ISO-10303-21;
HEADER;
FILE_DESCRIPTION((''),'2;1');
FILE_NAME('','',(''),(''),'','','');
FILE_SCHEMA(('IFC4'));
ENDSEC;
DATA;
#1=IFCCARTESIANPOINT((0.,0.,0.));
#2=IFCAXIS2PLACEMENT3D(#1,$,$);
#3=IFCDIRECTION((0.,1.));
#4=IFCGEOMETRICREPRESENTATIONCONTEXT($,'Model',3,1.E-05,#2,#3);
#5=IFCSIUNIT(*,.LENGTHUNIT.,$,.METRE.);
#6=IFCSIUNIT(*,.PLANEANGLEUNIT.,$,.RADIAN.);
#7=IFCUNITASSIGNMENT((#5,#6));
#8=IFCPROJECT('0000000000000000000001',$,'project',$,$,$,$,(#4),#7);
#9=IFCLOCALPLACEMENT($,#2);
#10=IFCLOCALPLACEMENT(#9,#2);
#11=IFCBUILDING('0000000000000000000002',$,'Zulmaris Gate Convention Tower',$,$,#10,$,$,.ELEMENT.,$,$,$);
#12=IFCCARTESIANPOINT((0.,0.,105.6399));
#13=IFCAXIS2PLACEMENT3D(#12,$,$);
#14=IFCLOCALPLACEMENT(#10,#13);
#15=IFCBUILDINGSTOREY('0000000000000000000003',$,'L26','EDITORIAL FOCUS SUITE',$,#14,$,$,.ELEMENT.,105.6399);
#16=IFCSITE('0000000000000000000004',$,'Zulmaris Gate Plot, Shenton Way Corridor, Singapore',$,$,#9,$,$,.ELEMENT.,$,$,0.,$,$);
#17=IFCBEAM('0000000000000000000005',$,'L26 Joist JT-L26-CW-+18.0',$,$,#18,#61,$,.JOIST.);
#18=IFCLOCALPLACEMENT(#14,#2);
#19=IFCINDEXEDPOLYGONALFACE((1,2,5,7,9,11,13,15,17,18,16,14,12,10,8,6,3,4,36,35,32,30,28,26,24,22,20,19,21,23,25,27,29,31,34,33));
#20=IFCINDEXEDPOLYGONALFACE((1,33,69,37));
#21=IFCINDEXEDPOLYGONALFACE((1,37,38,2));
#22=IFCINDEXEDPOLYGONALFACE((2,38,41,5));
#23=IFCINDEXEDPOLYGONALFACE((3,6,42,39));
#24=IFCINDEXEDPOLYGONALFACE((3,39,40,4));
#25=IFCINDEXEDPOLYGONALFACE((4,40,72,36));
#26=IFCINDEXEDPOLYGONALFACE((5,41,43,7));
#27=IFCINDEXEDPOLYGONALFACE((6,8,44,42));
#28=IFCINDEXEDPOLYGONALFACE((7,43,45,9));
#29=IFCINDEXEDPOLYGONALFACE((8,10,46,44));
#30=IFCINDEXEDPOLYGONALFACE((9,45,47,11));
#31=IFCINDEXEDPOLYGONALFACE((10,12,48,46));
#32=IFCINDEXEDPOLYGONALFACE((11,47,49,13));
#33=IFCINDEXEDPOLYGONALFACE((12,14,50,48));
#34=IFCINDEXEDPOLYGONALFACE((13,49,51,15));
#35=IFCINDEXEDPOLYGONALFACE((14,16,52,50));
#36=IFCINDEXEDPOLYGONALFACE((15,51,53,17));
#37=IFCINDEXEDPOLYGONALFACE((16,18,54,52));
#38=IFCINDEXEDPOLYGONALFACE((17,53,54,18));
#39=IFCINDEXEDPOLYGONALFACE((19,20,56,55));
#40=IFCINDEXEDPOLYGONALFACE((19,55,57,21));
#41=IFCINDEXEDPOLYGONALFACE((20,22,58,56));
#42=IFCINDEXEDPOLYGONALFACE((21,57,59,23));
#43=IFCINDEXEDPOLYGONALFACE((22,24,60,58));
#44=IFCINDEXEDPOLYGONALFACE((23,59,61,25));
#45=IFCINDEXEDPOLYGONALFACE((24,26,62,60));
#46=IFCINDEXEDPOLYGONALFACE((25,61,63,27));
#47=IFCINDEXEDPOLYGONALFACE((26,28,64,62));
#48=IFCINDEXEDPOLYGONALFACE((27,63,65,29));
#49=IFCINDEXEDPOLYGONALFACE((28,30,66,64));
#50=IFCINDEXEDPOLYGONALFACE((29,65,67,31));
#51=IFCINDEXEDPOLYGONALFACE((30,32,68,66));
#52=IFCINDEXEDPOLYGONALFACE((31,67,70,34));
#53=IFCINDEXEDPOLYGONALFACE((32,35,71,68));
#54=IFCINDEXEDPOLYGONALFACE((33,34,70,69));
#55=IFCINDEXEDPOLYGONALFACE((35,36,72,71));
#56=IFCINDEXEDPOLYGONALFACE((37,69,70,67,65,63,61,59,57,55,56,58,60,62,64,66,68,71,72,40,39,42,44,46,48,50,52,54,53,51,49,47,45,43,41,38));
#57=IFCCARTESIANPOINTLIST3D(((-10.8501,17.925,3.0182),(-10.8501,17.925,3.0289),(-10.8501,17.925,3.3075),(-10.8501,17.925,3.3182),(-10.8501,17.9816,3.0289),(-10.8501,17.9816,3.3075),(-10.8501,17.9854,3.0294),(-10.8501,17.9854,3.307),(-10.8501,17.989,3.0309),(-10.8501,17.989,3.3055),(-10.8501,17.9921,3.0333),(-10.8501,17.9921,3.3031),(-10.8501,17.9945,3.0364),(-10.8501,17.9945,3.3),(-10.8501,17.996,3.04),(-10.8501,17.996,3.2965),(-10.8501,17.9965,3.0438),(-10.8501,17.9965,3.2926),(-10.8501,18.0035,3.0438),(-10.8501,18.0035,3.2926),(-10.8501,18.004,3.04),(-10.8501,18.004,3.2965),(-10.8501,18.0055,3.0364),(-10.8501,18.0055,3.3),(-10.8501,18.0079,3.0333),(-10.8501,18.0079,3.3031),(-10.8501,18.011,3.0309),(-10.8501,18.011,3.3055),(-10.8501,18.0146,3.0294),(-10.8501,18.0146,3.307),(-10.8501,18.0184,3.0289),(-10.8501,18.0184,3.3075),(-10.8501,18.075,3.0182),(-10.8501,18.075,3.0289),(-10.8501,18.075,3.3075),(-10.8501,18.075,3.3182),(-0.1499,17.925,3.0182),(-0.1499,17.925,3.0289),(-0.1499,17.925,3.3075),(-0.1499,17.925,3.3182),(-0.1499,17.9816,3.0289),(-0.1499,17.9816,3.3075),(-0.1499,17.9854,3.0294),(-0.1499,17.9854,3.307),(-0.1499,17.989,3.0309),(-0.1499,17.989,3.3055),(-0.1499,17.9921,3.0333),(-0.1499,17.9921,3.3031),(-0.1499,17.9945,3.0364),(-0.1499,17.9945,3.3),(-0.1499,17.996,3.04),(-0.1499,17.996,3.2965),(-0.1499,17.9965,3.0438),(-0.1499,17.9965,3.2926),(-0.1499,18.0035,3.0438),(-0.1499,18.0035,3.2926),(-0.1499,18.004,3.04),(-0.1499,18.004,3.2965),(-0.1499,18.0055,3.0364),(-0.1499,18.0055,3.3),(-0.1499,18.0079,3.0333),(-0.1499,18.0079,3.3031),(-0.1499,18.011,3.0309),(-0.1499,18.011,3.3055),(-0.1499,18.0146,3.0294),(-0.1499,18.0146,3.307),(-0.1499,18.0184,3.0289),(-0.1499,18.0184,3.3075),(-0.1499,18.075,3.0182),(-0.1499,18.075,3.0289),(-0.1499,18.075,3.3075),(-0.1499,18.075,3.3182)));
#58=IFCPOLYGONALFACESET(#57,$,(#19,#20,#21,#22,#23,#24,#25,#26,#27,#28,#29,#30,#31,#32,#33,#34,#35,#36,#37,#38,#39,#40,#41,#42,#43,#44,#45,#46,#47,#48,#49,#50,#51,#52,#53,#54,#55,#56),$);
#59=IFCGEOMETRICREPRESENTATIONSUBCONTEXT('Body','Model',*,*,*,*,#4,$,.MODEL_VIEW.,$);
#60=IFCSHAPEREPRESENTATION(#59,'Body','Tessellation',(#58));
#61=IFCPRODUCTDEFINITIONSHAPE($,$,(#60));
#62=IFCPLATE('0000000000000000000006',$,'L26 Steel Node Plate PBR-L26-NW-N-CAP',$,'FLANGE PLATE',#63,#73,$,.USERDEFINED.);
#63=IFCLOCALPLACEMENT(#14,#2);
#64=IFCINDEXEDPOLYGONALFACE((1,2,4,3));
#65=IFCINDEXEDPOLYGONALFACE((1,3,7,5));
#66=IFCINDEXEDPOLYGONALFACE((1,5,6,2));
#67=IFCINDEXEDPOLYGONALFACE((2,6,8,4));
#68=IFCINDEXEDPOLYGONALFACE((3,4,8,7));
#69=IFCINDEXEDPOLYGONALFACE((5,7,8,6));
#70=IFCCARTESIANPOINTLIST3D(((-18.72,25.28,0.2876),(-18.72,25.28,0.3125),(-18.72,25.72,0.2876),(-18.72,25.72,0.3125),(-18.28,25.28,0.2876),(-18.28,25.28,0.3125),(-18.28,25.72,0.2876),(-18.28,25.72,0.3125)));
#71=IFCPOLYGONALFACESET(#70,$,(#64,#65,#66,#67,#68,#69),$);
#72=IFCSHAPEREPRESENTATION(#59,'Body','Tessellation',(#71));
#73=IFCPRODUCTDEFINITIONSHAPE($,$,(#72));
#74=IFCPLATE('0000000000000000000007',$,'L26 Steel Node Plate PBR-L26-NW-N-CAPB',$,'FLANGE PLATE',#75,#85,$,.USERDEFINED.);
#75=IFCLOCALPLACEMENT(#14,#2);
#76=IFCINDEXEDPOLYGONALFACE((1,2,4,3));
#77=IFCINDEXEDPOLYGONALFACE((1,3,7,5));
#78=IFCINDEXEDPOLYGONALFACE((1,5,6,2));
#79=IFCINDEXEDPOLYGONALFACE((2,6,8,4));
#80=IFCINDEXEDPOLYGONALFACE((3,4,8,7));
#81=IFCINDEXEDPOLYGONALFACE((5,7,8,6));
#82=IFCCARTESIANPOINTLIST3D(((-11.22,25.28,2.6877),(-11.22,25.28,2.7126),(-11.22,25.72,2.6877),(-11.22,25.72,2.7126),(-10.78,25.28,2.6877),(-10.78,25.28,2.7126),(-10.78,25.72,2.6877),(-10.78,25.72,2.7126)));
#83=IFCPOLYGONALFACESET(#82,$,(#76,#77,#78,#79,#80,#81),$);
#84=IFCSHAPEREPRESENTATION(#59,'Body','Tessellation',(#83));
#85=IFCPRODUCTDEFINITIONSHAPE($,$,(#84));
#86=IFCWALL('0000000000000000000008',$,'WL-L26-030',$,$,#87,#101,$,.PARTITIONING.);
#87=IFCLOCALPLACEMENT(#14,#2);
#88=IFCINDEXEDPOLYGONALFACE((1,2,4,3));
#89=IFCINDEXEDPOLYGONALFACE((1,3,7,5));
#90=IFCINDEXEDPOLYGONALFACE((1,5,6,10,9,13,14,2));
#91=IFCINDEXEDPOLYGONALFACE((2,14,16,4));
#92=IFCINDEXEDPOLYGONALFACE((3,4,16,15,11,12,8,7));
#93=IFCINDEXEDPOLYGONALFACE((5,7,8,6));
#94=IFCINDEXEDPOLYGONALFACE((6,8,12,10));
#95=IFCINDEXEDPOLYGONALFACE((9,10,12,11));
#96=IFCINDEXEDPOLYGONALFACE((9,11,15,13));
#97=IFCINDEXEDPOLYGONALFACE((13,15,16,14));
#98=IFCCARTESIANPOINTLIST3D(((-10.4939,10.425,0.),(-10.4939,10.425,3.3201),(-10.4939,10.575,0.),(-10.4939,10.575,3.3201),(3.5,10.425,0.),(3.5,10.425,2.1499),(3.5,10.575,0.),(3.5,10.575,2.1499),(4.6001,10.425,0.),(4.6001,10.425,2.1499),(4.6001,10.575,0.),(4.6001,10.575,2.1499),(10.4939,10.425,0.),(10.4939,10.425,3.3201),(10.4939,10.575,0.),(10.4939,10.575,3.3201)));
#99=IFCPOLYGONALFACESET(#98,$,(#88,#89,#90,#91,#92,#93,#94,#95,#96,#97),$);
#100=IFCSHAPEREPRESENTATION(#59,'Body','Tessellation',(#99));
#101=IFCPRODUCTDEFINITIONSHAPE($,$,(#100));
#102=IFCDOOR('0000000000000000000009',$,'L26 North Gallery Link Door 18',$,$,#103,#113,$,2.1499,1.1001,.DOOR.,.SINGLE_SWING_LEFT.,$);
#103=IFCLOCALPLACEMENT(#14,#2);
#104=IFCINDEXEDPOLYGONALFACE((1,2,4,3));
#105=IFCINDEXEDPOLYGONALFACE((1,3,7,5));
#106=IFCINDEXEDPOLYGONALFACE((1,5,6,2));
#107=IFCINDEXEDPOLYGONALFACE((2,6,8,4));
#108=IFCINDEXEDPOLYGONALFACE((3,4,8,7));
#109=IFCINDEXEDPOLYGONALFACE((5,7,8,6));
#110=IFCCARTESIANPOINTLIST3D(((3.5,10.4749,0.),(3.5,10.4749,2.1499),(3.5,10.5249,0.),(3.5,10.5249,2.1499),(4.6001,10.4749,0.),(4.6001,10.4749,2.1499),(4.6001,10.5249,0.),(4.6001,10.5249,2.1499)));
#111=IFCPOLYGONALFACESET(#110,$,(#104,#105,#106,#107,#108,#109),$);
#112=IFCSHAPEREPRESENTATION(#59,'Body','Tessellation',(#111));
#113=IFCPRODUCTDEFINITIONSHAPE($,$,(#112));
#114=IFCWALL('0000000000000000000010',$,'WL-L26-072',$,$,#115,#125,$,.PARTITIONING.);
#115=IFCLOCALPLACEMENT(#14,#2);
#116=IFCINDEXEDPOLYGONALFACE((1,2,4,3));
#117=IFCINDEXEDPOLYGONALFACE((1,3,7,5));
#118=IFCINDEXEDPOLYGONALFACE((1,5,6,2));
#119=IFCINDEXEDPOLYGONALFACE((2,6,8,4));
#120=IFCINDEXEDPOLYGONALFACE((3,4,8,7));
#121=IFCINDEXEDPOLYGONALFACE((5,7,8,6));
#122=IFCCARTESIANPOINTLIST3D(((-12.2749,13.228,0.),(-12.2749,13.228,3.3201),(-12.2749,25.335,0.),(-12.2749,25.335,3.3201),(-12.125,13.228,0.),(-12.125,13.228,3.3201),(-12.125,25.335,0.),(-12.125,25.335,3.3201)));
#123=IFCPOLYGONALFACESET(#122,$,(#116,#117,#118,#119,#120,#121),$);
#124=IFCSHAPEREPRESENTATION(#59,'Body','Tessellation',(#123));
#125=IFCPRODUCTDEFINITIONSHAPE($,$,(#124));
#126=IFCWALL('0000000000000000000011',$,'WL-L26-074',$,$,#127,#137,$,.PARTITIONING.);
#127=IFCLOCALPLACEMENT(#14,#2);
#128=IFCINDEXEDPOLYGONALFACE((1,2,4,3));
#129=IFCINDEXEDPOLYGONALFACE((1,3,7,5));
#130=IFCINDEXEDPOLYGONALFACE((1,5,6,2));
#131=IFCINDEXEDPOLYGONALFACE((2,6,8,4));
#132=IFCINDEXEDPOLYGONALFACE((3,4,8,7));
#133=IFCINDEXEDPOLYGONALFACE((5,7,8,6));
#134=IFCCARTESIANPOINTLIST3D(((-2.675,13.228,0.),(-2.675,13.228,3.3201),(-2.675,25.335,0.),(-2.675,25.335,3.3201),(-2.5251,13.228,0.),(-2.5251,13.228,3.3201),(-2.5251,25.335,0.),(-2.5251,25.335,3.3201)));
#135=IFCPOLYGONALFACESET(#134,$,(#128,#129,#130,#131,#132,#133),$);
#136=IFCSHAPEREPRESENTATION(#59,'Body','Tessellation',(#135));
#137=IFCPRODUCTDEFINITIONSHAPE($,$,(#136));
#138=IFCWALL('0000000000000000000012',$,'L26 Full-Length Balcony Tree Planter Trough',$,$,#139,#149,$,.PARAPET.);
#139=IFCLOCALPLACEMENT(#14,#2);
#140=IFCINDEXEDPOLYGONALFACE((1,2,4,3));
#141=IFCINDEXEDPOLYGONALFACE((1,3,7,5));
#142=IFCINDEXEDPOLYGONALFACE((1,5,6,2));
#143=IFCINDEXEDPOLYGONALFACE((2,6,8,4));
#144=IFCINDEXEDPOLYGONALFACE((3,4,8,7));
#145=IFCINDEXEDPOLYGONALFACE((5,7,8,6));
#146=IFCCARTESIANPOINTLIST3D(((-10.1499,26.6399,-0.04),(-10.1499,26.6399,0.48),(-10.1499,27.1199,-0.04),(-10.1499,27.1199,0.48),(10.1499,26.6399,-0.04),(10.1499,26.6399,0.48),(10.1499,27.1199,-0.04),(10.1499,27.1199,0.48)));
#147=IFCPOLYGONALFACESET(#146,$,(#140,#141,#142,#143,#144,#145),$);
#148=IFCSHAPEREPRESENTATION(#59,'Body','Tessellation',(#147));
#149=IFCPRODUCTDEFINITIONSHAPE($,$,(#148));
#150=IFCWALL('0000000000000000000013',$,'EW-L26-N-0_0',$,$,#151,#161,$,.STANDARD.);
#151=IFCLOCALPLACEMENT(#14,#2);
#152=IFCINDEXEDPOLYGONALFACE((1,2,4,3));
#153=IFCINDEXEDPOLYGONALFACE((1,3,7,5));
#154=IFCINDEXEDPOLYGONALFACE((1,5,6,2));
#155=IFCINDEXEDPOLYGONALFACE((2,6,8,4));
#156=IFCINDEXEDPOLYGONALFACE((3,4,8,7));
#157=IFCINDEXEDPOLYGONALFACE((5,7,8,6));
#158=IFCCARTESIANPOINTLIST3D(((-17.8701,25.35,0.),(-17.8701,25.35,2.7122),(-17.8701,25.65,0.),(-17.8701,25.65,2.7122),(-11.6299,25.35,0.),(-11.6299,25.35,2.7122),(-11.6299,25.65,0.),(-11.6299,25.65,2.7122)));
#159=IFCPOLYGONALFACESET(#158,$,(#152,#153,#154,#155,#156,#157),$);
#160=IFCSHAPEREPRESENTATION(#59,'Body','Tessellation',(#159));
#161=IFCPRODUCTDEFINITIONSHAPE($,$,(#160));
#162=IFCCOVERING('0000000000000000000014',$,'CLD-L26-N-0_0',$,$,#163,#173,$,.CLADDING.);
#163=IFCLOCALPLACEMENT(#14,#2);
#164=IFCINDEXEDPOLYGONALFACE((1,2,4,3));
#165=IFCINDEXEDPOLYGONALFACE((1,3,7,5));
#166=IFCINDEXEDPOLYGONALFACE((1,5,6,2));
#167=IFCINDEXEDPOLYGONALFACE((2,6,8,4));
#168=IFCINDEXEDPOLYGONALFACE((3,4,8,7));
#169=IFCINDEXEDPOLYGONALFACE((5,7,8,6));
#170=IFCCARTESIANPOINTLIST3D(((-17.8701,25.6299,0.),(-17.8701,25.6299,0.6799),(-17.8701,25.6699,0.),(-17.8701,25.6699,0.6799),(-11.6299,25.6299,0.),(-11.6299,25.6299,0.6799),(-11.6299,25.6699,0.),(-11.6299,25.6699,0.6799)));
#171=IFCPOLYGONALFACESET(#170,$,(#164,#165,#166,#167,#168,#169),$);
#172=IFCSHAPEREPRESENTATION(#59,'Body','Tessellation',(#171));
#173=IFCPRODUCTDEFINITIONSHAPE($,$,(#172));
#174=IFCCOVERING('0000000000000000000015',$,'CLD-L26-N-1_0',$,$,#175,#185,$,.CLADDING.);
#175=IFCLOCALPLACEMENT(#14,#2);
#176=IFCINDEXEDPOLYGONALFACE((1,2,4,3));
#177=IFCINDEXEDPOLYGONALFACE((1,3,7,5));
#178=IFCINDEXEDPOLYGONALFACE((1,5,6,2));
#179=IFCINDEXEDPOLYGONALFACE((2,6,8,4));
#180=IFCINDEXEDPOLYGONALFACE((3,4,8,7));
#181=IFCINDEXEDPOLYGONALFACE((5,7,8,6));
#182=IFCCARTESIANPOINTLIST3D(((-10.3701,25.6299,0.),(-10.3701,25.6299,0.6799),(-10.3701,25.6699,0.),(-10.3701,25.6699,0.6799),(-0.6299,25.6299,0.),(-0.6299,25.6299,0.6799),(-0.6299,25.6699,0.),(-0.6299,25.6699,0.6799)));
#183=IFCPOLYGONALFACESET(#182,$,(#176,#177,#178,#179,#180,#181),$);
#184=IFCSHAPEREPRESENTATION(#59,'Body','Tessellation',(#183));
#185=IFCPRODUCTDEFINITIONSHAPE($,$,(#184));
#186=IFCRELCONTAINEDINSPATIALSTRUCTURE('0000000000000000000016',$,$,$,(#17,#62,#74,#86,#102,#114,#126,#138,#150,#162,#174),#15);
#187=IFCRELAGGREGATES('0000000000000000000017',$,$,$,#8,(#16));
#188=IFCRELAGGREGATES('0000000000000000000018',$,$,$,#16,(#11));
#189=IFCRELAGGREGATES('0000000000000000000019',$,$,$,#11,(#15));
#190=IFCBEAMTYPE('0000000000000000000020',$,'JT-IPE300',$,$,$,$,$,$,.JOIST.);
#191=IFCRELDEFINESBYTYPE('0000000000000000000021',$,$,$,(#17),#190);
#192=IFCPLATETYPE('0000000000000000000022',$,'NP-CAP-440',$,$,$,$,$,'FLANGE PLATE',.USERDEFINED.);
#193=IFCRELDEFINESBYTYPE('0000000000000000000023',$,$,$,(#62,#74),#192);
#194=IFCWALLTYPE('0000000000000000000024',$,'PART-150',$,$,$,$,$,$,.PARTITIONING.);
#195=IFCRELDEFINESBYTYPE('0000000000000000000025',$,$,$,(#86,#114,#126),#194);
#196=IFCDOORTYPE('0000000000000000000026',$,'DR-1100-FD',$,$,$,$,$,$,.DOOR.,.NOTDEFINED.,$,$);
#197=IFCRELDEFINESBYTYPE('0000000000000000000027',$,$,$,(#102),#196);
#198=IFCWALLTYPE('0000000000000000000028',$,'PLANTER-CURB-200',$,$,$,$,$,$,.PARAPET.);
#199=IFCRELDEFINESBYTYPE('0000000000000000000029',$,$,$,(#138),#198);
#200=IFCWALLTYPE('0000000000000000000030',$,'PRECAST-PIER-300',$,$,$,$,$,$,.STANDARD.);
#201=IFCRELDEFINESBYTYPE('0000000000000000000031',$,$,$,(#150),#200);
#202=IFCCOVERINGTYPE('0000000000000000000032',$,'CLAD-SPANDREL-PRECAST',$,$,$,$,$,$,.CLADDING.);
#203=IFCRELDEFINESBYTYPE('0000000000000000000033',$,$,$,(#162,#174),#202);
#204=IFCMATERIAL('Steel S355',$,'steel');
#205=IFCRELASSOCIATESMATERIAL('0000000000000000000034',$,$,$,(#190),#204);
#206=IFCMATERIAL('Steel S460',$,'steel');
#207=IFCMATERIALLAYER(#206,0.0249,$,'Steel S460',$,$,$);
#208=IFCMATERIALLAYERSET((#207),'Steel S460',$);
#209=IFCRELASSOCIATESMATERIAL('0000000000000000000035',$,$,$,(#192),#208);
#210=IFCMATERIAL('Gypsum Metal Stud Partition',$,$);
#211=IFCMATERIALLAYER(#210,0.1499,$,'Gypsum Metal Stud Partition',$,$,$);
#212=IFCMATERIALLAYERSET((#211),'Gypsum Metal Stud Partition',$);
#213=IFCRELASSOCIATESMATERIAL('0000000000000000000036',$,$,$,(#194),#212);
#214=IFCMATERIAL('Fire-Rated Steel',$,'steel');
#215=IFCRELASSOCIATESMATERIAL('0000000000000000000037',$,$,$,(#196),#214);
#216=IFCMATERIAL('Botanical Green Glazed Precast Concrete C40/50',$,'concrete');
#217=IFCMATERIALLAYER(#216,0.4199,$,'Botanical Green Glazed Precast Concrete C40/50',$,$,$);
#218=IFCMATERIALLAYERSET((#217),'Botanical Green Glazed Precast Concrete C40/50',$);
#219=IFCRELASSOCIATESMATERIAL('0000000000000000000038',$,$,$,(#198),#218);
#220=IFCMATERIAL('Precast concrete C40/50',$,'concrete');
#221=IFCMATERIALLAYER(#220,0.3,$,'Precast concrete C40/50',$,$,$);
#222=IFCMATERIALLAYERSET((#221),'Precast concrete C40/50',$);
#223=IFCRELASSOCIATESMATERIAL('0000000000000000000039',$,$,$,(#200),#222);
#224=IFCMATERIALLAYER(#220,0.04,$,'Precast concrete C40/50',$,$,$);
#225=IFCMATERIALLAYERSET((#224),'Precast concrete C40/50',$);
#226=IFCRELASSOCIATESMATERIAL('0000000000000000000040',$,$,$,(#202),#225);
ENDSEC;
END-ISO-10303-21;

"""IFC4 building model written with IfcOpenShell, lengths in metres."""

from ifc_helpers import new_model, si_unit, direction, frame, frame_2d, origin, origin_2d, place, context, subcontext, project, spatial, rectangle, i_section, extrude, material, layer, layer_set, material_profile, profile_set, type_object, element, fill, save


model = new_model("IFC4")

# Units and contexts
model_context = context("Model", 3, precision=1e-05, world=origin(), true_north=direction((0.0, 1.0)))
body_context = subcontext(model_context, "Body", "Model", "MODEL_VIEW")
ifc_project = project(units=[si_unit("LENGTHUNIT", "METRE"), si_unit("PLANEANGLEUNIT", "RADIAN")], contexts=[model_context])

# Site, building, storey
site_placement = place(None, origin())
site = spatial("IfcSite", under=ifc_project, at=site_placement, Name="Zulmaris Gate Plot, Shenton Way Corridor, Singapore", CompositionType="ELEMENT", RefElevation=0.0)
building_placement = place(site_placement, origin())
building = spatial("IfcBuilding", under=site, at=building_placement, Name="Zulmaris Gate Convention Tower", CompositionType="ELEMENT")
storey_placement = place(building_placement, frame((0.0, 0.0, 105.6399)))
storey = spatial("IfcBuildingStorey", under=building, at=storey_placement, Name="L26", Description="EDITORIAL FOCUS SUITE", CompositionType="ELEMENT", Elevation=105.6399)

# Beam
ifc_material_1 = material(Name="Steel S355", Category="steel")
ifc_material_profile_1 = material_profile(ifc_material_1, i_section(OverallWidth=0.1499, OverallDepth=0.3, WebThickness=0.0071, FlangeThickness=0.0107, FilletRadius=0.0149, at=origin_2d()), Name="IPE 300")
ifc_profile_set_1 = profile_set([ifc_material_profile_1], Name="Steel S355")
beam_type_1 = type_object("IfcBeamType", Name="JT-IPE300", PredefinedType="JOIST", material=ifc_profile_set_1)
for number, where, z_axis, x_axis, name in (
    (1, (-10.8501, 18.0, 3.1682), (1.0, 0.0, 0.0), (0.0, 1.0, 0.0), "L26 Joist JT-L26-CW-+18.0"),
):
    element("IfcBeam", number, at=place(storey_placement, frame(where, z_axis=z_axis, x_axis=x_axis)), inside=storey, type_object=beam_type_1, Name=name, PredefinedType="JOIST", context=body_context, shape_type="SweptSolid", body=[
        extrude(i_section(OverallWidth=0.1499, OverallDepth=0.3, WebThickness=0.0071, FlangeThickness=0.0107, FilletRadius=0.0149, at=origin_2d()), origin(), (0.0, 0.0, 1.0), 10.7002),
    ])

# Plates
ifc_material_2 = material(Name="Steel S460", Category="steel")
ifc_layer_1 = layer(ifc_material_2, 0.0249, Name="Steel S460")
ifc_layer_set_1 = layer_set([ifc_layer_1], Name="Steel S460")
plate_type = type_object("IfcPlateType", Name="NP-CAP-440", ElementType="FLANGE PLATE", PredefinedType="USERDEFINED", material=ifc_layer_set_1)
for number, where, z_axis, x_axis, name in (
    (2, (-18.5, 25.5, 0.2876), (0.0, 0.0, 1.0), (1.0, 0.0, 0.0), "L26 Steel Node Plate PBR-L26-NW-N-CAP"),
    (3, (-11.0, 25.5, 2.6877), (0.0, 0.0, 1.0), (1.0, 0.0, 0.0), "L26 Steel Node Plate PBR-L26-NW-N-CAPB"),
):
    element("IfcPlate", number, at=place(storey_placement, frame(where, z_axis=z_axis, x_axis=x_axis)), inside=storey, type_object=plate_type, Name=name, ObjectType="FLANGE PLATE", PredefinedType="USERDEFINED", context=body_context, shape_type="SweptSolid", body=[
        extrude(rectangle(XDim=0.4399, YDim=0.4399, at=origin_2d()), origin(), (0.0, 0.0, 1.0), 0.0249),
    ])

# Wall, opening, door
ifc_material_3 = material(Name="Gypsum Metal Stud Partition")
ifc_layer_2 = layer(ifc_material_3, 0.1499, Name="Gypsum Metal Stud Partition")
ifc_layer_set_2 = layer_set([ifc_layer_2], Name="Gypsum Metal Stud Partition")
wall_type_1 = type_object("IfcWallType", Name="PART-150", PredefinedType="PARTITIONING", material=ifc_layer_set_2)
wall_1_placement = place(storey_placement, frame((-10.4939, 10.5, 0.0), z_axis=(0.0, 0.0, 1.0), x_axis=(1.0, 0.0, 0.0)))
wall_1 = element("IfcWall", 4, at=wall_1_placement, inside=storey, type_object=wall_type_1, Name="WL-L26-030", PredefinedType="PARTITIONING", context=body_context, shape_type="SweptSolid", body=[
    extrude(rectangle(XDim=20.9878, YDim=0.1499, at=frame_2d((10.4939, 0.0))), origin(), (0.0, 0.0, 1.0), 3.3201),
])
opening_1_placement = place(wall_1_placement, frame((13.9939, 0.0, 0.0)))
opening_1 = element("IfcOpeningElement", 5, at=opening_1_placement, cuts=wall_1, PredefinedType="OPENING", context=body_context, shape_type="SweptSolid", body=[
    extrude(rectangle(XDim=1.1001, YDim=2.1499, at=frame_2d((0.55, 1.075))), frame((0.0, 0.085, 0.0), z_axis=(0.0, -1.0, 0.0), x_axis=(1.0, 0.0, 0.0)), (0.0, 0.0, 1.0), 0.1699),
])
ifc_material_4 = material(Name="Fire-Rated Steel", Category="steel")
door_type_1 = type_object("IfcDoorType", Name="DR-1100-FD", OperationType="NOTDEFINED", PredefinedType="DOOR", material=ifc_material_4)
door_1_placement = place(opening_1_placement, origin())
door_1 = element("IfcDoor", 6, at=door_1_placement, inside=storey, type_object=door_type_1, Name="L26 North Gallery Link Door 18", OperationType="SINGLE_SWING_LEFT", OverallHeight=2.1499, OverallWidth=1.1001, PredefinedType="DOOR", context=body_context, shape_type="SweptSolid", body=[
    extrude(rectangle(XDim=1.1001, YDim=2.1499, at=frame_2d((0.55, 1.075))), frame((0.0, 0.0249, 0.0), z_axis=(0.0, -1.0, 0.0), x_axis=(1.0, 0.0, 0.0)), (0.0, 0.0, 1.0), 0.05),
])
fill(opening_1, door_1)

# Walls
for number, where, z_axis, x_axis, name in (
    (7, (-12.2, 13.228, 0.0), (0.0, 0.0, 1.0), (0.0, 1.0, 0.0), "WL-L26-072"),
    (8, (-2.6001, 13.228, 0.0), (0.0, 0.0, 1.0), (0.0, 1.0, 0.0), "WL-L26-074"),
):
    element("IfcWall", number, at=place(storey_placement, frame(where, z_axis=z_axis, x_axis=x_axis)), inside=storey, type_object=wall_type_1, Name=name, PredefinedType="PARTITIONING", context=body_context, shape_type="SweptSolid", body=[
        extrude(rectangle(XDim=12.1069, YDim=0.1499, at=frame_2d((6.0535, 0.0))), origin(), (0.0, 0.0, 1.0), 3.3201),
    ])
ifc_material_5 = material(Name="Botanical Green Glazed Precast Concrete C40/50", Category="concrete")
ifc_layer_3 = layer(ifc_material_5, 0.4199, Name="Botanical Green Glazed Precast Concrete C40/50")
ifc_layer_set_3 = layer_set([ifc_layer_3], Name="Botanical Green Glazed Precast Concrete C40/50")
wall_type_2 = type_object("IfcWallType", Name="PLANTER-CURB-200", PredefinedType="PARAPET", material=ifc_layer_set_3)
wall_2_placement = place(storey_placement, frame((-10.1499, 26.8799, -0.04), z_axis=(0.0, 0.0, 1.0), x_axis=(1.0, 0.0, 0.0)))
element("IfcWall", 9, at=wall_2_placement, inside=storey, type_object=wall_type_2, Name="L26 Full-Length Balcony Tree Planter Trough", PredefinedType="PARAPET", context=body_context, shape_type="SweptSolid", body=[
    extrude(rectangle(XDim=20.2998, YDim=0.48, at=frame_2d((10.1499, 0.0))), origin(), (0.0, 0.0, 1.0), 0.52),
])
ifc_material_6 = material(Name="Precast concrete C40/50", Category="concrete")
ifc_layer_4 = layer(ifc_material_6, 0.3, Name="Precast concrete C40/50")
ifc_layer_set_4 = layer_set([ifc_layer_4], Name="Precast concrete C40/50")
wall_type_3 = type_object("IfcWallType", Name="PRECAST-PIER-300", PredefinedType="STANDARD", material=ifc_layer_set_4)
wall_3_placement = place(storey_placement, frame((-11.6299, 25.5, 0.0), z_axis=(0.0, 0.0, 1.0), x_axis=(-1.0, 0.0, 0.0)))
element("IfcWall", 10, at=wall_3_placement, inside=storey, type_object=wall_type_3, Name="EW-L26-N-0_0", PredefinedType="STANDARD", context=body_context, shape_type="SweptSolid", body=[
    extrude(rectangle(XDim=6.2402, YDim=0.3, at=frame_2d((3.1201, 0.0))), origin(), (0.0, 0.0, 1.0), 2.7122),
])

# Coverings
ifc_layer_5 = layer(ifc_material_6, 0.04, Name="Precast concrete C40/50")
ifc_layer_set_5 = layer_set([ifc_layer_5], Name="Precast concrete C40/50")
covering_type = type_object("IfcCoveringType", Name="CLAD-SPANDREL-PRECAST", PredefinedType="CLADDING", material=ifc_layer_set_5)
covering_1_placement = place(storey_placement, frame((-11.6299, 25.6499, 0.0), z_axis=(0.0, 0.0, 1.0), x_axis=(-1.0, 0.0, 0.0)))
element("IfcCovering", 11, at=covering_1_placement, inside=storey, type_object=covering_type, Name="CLD-L26-N-0_0", PredefinedType="CLADDING", context=body_context, shape_type="SweptSolid", body=[
    extrude(rectangle(XDim=6.2402, YDim=0.04, at=frame_2d((3.1201, 0.0))), origin(), (0.0, 0.0, 1.0), 0.6799),
])
covering_2_placement = place(storey_placement, frame((-0.6299, 25.6499, 0.0), z_axis=(0.0, 0.0, 1.0), x_axis=(-1.0, 0.0, 0.0)))
element("IfcCovering", 12, at=covering_2_placement, inside=storey, type_object=covering_type, Name="CLD-L26-N-1_0", PredefinedType="CLADDING", context=body_context, shape_type="SweptSolid", body=[
    extrude(rectangle(XDim=9.7402, YDim=0.04, at=frame_2d((4.8701, 0.0))), origin(), (0.0, 0.0, 1.0), 0.6799),
])

save(model, "model.ifc")
